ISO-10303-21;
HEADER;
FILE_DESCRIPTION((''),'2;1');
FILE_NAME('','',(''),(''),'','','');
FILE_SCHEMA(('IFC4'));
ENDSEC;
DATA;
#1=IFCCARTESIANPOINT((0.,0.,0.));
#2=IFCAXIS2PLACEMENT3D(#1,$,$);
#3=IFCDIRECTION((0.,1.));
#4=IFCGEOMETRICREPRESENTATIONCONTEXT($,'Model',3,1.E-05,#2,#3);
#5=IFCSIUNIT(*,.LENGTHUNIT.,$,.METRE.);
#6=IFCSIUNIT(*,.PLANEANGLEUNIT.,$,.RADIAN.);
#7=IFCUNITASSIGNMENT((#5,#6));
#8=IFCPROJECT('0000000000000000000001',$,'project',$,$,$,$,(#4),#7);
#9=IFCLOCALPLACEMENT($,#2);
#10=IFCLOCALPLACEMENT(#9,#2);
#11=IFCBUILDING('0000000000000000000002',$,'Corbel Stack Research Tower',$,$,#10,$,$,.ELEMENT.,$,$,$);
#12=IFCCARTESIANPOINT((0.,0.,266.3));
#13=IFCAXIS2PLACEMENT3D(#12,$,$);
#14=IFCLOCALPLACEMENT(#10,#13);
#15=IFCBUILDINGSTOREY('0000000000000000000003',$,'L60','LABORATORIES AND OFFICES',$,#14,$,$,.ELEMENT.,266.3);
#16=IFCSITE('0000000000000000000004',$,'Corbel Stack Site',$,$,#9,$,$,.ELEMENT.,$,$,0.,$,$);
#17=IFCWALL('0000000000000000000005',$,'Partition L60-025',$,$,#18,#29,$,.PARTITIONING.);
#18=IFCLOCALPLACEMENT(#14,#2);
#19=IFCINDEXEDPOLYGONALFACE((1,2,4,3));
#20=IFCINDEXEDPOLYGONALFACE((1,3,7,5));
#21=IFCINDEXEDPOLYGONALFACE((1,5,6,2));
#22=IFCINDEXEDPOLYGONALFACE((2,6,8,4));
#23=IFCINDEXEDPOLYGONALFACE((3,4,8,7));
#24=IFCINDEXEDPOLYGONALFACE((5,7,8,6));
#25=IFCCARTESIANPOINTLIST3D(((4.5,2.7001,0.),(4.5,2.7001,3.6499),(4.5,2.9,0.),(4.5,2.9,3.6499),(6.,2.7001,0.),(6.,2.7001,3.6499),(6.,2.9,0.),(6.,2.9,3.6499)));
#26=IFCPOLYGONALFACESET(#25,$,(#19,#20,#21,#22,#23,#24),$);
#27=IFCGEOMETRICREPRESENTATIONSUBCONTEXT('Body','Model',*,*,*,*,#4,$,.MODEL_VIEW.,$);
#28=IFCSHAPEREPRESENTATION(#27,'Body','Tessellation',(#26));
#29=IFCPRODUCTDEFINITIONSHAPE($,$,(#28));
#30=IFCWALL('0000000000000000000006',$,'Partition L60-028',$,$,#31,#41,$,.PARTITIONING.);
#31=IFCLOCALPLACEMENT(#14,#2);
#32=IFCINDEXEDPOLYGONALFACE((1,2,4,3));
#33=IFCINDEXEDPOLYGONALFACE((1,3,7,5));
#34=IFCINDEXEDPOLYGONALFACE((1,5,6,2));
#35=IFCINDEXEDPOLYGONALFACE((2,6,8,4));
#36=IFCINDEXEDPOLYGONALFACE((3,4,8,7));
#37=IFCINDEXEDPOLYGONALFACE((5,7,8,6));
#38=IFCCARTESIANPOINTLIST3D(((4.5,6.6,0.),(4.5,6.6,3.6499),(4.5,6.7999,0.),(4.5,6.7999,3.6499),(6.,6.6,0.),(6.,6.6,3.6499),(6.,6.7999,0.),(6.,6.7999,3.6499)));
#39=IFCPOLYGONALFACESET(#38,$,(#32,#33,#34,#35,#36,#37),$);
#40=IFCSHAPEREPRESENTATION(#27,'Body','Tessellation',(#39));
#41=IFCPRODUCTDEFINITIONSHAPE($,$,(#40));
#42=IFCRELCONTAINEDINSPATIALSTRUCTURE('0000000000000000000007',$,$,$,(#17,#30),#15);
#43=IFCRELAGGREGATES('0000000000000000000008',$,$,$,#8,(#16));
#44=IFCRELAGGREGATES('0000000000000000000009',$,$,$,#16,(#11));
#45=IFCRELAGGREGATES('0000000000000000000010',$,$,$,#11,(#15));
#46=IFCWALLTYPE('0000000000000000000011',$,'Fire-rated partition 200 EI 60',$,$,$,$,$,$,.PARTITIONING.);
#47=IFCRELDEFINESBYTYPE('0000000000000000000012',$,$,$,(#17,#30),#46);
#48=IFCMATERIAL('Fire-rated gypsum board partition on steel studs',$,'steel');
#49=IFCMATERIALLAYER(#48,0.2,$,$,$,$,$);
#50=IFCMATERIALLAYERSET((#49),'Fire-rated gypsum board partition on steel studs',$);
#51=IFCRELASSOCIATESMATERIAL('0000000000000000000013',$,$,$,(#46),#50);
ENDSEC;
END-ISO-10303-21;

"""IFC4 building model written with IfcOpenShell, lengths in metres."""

from ifc_helpers import new_model, si_unit, direction, frame, frame_2d, origin, place, context, subcontext, project, spatial, rectangle, extrude, material, layer, layer_set, type_object, element, save


model = new_model("IFC4")

# Units and contexts
model_context = context("Model", 3, precision=1e-05, world=origin(), true_north=direction((0.0, 1.0)))
body_context = subcontext(model_context, "Body", "Model", "MODEL_VIEW")
ifc_project = project(units=[si_unit("LENGTHUNIT", "METRE"), si_unit("PLANEANGLEUNIT", "RADIAN")], contexts=[model_context])

# Site, building, storey
site_placement = place(None, origin())
site = spatial("IfcSite", under=ifc_project, at=site_placement, Name="Corbel Stack Site", CompositionType="ELEMENT", RefElevation=0.0)
building_placement = place(site_placement, origin())
building = spatial("IfcBuilding", under=site, at=building_placement, Name="Corbel Stack Research Tower", CompositionType="ELEMENT")
storey_placement = place(building_placement, frame((0.0, 0.0, 266.3)))
storey = spatial("IfcBuildingStorey", under=building, at=storey_placement, Name="L60", Description="LABORATORIES AND OFFICES", CompositionType="ELEMENT", Elevation=266.3)

# Shared definitions
ifc_material_1 = material(Name="Fire-rated gypsum board partition on steel studs", Category="steel")
ifc_layer_1 = layer(ifc_material_1, 0.2)
ifc_layer_set_1 = layer_set([ifc_layer_1], Name="Fire-rated gypsum board partition on steel studs")
wall_type_1 = type_object("IfcWallType", Name="Fire-rated partition 200 EI 60", PredefinedType="PARTITIONING", material=ifc_layer_set_1)

# Walls
for number, where, z_axis, x_axis, name in (
    (1, (4.5, 2.8, 0.0), (0.0, 0.0, 1.0), (1.0, 0.0, 0.0), "Partition L60-025"),
    (2, (4.5, 6.7, 0.0), (0.0, 0.0, 1.0), (1.0, 0.0, 0.0), "Partition L60-028"),
):
    element("IfcWall", number, at=place(storey_placement, frame(where, z_axis=z_axis, x_axis=x_axis)), inside=storey, type_object=wall_type_1, Name=name, PredefinedType="PARTITIONING", context=body_context, shape_type="SweptSolid", body=[
        extrude(rectangle(XDim=1.5, YDim=0.2, at=frame_2d((0.75, 0.0))), origin(), (0.0, 0.0, 1.0), 3.6499),
    ])

save(model, "model.ifc")
